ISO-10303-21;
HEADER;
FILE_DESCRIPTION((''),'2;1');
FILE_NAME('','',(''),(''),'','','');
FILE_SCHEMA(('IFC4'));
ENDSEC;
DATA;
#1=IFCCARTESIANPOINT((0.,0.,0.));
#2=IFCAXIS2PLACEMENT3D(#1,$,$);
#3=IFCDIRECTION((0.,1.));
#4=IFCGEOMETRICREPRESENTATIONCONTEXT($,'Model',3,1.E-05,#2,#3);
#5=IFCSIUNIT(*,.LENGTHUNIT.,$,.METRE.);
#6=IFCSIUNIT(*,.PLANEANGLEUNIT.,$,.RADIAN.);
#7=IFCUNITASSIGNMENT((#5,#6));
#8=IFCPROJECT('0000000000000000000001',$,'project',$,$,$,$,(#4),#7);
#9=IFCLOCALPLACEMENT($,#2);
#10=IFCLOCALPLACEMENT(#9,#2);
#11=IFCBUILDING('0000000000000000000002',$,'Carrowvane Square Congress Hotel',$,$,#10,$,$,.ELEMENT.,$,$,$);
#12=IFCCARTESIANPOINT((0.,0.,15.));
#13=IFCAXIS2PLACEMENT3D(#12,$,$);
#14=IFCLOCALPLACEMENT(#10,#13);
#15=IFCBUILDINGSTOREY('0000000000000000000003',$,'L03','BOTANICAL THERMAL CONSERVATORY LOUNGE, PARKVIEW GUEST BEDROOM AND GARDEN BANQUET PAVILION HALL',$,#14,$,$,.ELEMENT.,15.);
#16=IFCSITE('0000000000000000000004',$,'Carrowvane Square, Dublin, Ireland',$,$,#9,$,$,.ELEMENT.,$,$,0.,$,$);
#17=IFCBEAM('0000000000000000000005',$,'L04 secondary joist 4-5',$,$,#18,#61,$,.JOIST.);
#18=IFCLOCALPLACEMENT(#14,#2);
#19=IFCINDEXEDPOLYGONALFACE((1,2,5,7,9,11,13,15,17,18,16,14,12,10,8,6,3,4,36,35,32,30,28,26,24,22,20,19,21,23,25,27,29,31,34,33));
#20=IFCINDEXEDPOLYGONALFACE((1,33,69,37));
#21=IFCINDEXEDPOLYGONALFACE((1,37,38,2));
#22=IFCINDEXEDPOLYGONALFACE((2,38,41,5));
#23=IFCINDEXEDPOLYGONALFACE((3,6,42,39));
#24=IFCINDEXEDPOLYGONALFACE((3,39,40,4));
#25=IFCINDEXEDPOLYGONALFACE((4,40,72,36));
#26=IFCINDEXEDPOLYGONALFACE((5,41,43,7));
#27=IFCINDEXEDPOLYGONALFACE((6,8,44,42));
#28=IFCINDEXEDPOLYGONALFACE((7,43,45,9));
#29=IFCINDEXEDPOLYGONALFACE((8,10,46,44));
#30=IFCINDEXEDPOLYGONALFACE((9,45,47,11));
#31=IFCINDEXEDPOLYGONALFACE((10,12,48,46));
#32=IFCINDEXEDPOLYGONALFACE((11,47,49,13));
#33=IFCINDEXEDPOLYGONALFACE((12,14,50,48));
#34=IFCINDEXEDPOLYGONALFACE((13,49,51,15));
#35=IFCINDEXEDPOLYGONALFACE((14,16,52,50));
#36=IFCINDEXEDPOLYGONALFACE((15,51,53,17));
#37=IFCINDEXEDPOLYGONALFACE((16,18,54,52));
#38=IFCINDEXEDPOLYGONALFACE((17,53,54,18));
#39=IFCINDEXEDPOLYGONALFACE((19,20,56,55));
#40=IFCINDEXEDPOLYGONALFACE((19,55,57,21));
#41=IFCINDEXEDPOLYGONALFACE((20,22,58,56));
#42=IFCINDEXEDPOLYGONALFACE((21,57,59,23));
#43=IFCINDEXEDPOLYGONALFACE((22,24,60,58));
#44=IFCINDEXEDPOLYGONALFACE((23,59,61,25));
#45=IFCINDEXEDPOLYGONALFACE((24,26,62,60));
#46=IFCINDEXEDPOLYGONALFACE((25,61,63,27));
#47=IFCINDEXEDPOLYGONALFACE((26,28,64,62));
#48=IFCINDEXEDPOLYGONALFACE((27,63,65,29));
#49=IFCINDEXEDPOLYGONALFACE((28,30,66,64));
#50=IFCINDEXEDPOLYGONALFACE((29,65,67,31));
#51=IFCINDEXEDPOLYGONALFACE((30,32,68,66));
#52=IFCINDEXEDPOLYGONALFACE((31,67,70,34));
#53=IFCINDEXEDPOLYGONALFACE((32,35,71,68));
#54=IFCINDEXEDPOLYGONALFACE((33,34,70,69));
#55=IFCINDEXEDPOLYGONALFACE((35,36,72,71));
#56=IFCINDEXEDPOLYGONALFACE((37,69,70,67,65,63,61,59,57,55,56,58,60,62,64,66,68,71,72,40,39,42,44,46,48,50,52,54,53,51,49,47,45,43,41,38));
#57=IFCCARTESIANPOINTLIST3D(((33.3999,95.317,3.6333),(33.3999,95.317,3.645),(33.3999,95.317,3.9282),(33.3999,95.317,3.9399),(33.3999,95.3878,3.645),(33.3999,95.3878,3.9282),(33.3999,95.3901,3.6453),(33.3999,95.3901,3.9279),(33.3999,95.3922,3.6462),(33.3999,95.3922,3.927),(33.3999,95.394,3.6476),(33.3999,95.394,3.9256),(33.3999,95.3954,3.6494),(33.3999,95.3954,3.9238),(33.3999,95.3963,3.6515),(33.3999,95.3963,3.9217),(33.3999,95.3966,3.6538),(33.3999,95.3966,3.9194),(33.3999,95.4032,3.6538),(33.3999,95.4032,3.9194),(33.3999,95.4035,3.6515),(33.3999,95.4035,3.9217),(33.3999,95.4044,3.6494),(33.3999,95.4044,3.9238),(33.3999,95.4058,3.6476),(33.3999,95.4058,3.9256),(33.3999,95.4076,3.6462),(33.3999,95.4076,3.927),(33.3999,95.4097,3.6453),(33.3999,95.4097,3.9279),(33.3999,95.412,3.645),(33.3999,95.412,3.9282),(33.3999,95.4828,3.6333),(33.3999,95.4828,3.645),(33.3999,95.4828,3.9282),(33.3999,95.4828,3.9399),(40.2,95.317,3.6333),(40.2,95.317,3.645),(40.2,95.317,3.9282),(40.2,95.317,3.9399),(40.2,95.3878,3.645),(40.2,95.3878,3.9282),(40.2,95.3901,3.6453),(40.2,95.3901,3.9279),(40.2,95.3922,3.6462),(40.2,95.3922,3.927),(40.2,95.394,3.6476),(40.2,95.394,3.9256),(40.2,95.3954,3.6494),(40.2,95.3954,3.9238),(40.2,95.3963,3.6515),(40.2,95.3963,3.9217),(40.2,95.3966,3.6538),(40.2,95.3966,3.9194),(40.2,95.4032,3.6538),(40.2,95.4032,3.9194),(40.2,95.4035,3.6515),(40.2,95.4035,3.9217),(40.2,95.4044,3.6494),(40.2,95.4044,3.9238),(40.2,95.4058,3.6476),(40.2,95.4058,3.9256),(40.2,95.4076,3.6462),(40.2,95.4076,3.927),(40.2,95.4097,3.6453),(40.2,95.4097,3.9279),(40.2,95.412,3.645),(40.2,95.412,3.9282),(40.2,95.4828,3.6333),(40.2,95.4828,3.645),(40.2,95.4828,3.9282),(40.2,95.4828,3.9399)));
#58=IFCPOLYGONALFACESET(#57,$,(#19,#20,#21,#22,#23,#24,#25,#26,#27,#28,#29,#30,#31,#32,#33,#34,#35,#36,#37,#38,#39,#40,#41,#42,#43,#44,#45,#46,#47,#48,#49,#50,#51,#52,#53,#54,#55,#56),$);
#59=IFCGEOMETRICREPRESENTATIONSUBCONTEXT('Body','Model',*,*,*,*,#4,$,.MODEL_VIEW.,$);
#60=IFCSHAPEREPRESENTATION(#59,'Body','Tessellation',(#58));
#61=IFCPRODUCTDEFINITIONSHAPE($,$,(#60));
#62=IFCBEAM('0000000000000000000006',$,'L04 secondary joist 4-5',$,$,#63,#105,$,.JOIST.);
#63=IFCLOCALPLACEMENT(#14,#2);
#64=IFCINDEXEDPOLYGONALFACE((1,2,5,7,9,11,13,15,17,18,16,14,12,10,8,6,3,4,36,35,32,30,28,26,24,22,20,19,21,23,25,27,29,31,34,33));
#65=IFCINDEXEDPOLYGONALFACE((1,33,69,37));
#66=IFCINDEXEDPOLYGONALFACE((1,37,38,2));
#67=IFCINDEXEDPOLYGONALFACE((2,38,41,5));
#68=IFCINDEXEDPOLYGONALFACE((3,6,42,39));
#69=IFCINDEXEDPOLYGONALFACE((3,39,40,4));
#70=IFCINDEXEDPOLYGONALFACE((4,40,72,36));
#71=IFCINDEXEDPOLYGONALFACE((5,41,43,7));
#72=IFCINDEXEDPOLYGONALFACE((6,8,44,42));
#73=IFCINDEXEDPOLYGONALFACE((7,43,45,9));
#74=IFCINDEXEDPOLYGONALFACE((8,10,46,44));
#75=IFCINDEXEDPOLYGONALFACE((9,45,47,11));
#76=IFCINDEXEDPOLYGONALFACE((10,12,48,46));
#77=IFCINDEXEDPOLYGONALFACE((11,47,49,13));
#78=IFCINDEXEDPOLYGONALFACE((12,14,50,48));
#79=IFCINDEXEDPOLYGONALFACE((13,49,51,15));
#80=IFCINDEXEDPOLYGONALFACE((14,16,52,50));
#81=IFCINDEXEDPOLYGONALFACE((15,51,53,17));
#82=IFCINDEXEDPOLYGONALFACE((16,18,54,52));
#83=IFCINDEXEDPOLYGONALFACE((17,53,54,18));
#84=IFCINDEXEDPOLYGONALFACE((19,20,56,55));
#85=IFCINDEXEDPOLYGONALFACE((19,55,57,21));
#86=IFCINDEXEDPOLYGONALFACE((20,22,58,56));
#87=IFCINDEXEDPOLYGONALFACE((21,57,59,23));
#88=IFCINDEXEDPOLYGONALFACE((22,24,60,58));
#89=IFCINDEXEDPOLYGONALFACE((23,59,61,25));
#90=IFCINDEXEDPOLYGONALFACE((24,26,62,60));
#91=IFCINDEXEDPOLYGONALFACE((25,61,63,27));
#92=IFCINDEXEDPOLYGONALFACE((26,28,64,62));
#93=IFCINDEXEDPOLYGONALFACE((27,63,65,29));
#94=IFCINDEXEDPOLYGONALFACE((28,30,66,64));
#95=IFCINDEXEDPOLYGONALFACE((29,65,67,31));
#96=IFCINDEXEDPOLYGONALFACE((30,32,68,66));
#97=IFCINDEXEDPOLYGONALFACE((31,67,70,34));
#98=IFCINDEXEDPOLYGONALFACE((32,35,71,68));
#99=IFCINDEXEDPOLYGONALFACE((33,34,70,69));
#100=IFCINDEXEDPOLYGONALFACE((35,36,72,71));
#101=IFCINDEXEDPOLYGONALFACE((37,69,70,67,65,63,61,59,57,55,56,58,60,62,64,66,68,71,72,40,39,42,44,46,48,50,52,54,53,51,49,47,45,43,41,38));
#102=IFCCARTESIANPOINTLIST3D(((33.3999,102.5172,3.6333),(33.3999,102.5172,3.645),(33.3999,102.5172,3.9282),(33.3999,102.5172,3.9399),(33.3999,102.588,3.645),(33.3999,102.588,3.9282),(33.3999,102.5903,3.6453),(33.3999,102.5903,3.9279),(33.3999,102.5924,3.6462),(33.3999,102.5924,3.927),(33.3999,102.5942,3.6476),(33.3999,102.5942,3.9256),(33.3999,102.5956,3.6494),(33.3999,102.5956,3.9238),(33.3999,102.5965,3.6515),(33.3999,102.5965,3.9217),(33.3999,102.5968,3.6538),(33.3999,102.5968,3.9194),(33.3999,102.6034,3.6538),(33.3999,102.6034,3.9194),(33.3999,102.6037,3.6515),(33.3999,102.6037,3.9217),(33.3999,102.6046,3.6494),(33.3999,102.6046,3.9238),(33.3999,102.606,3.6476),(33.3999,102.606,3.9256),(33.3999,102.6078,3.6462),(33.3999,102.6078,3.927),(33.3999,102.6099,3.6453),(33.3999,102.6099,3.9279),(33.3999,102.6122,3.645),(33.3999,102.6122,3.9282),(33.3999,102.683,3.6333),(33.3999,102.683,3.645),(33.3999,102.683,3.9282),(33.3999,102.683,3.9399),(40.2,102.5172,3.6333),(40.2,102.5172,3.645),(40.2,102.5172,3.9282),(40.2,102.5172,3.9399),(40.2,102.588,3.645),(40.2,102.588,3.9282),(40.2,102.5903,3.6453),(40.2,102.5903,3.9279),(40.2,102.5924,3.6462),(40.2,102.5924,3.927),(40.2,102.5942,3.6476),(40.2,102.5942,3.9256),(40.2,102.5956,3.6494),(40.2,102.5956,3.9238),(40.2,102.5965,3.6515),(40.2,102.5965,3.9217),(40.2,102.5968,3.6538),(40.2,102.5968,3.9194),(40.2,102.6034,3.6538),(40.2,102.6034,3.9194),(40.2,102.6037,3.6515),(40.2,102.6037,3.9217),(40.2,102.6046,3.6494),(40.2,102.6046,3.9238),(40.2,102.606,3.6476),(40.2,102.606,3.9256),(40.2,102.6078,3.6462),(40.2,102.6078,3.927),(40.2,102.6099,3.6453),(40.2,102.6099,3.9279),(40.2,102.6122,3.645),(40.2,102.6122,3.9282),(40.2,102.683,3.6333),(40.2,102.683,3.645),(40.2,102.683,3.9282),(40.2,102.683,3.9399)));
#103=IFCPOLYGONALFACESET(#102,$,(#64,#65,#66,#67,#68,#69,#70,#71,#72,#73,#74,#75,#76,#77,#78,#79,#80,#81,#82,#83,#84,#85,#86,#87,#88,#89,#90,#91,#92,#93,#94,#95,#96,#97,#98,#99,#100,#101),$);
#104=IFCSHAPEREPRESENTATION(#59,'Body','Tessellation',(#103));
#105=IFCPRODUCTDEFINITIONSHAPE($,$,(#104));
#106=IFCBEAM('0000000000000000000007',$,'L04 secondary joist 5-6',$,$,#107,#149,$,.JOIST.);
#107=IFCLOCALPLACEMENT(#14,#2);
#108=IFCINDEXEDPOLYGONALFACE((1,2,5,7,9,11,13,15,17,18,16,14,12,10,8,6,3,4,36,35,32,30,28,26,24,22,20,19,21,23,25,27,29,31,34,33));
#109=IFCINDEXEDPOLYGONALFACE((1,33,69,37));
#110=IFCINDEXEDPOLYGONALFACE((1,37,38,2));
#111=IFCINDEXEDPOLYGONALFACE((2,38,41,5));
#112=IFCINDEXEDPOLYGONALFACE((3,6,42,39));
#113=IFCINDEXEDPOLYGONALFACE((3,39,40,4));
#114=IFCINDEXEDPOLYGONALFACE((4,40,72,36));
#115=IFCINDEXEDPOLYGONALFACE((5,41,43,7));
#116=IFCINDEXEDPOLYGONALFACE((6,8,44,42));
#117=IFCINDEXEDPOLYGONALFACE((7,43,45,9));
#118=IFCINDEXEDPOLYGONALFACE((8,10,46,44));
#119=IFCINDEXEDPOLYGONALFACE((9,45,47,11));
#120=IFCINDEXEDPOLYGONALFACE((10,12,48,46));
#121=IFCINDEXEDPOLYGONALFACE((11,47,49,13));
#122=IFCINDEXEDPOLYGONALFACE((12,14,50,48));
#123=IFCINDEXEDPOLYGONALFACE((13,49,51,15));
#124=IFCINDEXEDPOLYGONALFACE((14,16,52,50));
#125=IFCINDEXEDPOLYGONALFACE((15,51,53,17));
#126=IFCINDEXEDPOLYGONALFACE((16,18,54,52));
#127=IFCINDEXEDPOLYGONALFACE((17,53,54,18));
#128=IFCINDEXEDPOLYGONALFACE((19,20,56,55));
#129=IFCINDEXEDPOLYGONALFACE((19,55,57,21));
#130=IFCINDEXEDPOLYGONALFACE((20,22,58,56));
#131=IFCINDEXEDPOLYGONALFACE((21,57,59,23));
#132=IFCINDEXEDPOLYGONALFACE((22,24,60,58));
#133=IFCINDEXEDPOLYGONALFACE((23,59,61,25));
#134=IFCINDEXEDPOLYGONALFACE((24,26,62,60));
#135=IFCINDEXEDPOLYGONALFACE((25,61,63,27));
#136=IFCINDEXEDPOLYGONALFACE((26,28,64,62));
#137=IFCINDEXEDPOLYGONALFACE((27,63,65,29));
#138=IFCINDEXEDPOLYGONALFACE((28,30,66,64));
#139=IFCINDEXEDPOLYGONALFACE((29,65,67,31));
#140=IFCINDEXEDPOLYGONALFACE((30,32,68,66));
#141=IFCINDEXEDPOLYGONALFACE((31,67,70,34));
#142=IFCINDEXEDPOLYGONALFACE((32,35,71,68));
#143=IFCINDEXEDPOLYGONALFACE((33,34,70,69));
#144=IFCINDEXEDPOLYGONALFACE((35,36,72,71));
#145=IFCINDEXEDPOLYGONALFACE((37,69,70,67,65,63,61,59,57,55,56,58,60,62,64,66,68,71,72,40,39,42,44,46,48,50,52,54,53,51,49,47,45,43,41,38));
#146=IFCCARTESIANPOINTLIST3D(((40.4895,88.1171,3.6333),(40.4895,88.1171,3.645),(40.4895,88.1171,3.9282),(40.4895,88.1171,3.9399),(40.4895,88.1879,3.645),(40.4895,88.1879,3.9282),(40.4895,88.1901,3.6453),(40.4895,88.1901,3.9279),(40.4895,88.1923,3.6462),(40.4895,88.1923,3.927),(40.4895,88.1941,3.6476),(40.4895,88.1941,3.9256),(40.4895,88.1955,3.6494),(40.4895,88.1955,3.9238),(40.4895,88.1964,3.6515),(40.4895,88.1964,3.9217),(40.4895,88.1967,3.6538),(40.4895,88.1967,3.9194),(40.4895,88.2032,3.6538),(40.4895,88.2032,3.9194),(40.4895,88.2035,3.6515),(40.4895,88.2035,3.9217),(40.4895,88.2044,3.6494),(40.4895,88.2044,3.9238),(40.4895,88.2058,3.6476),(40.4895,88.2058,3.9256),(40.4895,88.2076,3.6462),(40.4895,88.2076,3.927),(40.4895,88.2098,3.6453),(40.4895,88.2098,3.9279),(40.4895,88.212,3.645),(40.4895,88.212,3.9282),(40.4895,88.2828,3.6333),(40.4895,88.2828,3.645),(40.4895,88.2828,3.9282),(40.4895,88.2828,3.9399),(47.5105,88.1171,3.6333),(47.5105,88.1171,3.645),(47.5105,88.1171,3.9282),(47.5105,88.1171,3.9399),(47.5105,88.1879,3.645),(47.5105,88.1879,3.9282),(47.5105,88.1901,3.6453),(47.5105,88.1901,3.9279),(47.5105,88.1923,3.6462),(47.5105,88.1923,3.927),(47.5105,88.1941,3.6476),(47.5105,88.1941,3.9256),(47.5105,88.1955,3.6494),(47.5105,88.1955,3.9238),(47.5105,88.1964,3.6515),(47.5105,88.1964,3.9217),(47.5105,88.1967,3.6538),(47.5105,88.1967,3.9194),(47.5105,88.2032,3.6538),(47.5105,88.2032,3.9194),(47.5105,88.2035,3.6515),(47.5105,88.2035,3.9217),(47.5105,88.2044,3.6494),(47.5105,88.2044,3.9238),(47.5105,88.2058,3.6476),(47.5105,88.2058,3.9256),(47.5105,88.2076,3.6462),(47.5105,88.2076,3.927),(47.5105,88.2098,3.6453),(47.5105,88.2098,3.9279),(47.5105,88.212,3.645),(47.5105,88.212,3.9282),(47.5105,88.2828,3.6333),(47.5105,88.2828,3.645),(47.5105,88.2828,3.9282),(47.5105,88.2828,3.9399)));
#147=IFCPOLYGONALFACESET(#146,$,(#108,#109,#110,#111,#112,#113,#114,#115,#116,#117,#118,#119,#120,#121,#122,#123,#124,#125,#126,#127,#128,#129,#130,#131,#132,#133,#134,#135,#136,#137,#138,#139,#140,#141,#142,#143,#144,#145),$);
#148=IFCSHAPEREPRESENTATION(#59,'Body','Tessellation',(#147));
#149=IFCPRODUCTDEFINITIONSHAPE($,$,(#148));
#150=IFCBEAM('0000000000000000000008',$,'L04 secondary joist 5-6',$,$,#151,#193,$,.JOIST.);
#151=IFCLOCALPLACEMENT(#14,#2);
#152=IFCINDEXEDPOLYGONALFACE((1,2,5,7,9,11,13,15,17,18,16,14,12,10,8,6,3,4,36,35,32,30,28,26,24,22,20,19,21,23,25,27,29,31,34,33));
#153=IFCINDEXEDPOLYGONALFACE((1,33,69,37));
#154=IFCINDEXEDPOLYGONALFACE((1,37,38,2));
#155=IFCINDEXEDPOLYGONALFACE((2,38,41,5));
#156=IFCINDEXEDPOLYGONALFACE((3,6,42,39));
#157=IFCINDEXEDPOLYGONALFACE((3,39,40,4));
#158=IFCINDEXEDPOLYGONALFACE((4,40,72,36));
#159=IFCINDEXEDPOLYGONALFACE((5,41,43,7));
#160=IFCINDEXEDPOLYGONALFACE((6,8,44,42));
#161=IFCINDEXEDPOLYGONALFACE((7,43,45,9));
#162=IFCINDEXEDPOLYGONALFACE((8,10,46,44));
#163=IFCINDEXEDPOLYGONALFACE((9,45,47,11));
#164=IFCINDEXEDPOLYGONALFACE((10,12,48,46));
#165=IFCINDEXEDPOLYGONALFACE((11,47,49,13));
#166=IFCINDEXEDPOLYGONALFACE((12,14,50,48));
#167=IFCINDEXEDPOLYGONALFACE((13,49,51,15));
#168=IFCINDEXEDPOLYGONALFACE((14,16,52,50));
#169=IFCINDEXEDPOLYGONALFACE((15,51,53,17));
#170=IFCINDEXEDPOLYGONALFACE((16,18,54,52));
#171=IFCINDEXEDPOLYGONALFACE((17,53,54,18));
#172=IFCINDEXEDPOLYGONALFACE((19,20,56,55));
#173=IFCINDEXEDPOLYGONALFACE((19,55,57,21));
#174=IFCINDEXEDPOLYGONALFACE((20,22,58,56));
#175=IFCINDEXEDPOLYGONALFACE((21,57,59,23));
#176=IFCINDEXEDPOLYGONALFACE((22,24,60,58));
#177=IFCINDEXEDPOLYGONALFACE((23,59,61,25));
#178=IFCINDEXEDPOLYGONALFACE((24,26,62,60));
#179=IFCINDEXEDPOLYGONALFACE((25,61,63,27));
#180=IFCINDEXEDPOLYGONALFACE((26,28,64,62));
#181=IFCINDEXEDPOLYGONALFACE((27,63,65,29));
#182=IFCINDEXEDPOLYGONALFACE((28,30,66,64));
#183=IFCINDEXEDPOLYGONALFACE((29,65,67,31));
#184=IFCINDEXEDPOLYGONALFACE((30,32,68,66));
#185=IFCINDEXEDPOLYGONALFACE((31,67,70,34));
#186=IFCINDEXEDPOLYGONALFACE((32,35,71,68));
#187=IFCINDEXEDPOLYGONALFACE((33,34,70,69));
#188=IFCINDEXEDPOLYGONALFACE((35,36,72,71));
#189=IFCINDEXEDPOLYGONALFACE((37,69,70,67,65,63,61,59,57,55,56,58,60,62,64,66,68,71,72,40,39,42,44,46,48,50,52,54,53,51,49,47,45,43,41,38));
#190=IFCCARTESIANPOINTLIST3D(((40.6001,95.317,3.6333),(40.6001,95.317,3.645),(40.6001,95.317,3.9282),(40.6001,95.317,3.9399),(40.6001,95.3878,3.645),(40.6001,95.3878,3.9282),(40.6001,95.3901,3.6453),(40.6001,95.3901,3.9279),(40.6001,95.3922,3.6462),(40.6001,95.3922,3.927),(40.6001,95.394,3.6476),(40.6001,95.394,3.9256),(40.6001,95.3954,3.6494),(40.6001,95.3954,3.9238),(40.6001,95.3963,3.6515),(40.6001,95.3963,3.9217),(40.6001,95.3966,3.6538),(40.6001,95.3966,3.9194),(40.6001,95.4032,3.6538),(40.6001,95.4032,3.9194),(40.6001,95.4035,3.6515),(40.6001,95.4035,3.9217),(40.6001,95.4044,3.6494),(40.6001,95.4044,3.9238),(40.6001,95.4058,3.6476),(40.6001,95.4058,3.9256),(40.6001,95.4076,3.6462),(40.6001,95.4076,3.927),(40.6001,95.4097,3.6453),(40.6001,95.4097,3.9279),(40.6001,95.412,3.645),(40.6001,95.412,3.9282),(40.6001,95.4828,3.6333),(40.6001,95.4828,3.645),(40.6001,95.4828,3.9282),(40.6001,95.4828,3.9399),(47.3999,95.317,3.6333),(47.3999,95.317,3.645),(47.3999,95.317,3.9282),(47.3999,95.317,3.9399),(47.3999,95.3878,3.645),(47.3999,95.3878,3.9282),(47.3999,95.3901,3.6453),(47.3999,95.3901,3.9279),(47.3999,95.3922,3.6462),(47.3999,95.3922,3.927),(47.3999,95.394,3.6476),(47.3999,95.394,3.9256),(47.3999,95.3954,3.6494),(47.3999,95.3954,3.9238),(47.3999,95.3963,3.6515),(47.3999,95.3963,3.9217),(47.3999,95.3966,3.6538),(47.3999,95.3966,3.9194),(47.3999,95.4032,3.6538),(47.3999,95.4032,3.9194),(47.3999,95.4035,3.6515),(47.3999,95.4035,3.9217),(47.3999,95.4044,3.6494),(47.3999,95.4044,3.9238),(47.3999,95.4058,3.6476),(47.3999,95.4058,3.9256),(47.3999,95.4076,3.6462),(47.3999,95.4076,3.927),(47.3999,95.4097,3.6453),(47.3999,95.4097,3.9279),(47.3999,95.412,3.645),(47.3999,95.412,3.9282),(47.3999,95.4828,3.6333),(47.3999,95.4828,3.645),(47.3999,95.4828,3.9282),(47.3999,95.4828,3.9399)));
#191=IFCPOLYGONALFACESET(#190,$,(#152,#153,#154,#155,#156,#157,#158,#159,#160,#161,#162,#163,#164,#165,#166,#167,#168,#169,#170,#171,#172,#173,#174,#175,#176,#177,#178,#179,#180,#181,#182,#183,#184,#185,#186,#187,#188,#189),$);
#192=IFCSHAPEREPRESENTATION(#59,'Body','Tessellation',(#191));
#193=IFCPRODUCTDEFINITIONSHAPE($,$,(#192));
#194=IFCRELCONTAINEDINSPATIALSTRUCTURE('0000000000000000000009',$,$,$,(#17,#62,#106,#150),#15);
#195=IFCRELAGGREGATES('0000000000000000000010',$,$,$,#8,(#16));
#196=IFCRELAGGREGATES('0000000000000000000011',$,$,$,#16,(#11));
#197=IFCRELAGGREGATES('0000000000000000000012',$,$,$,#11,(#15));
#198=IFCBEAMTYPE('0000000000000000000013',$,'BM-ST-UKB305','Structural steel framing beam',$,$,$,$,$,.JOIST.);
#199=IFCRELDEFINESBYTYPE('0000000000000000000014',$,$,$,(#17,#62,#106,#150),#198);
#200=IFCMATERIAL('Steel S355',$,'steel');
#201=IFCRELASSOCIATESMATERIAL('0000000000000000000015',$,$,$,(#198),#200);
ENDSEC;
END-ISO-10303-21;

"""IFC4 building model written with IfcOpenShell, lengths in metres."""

from ifc_helpers import new_model, si_unit, direction, frame, origin, origin_2d, place, context, subcontext, project, spatial, i_section, extrude, material, material_profile, profile_set, type_object, element, save


model = new_model("IFC4")

# Units and contexts
model_context = context("Model", 3, precision=1e-05, world=origin(), true_north=direction((0.0, 1.0)))
body_context = subcontext(model_context, "Body", "Model", "MODEL_VIEW")
ifc_project = project(units=[si_unit("LENGTHUNIT", "METRE"), si_unit("PLANEANGLEUNIT", "RADIAN")], contexts=[model_context])

# Site, building, storey
site_placement = place(None, origin())
site = spatial("IfcSite", under=ifc_project, at=site_placement, Name="Carrowvane Square, Dublin, Ireland", CompositionType="ELEMENT", RefElevation=0.0)
building_placement = place(site_placement, origin())
building = spatial("IfcBuilding", under=site, at=building_placement, Name="Carrowvane Square Congress Hotel", CompositionType="ELEMENT")
storey_placement = place(building_placement, frame((0.0, 0.0, 15.0)))
storey = spatial("IfcBuildingStorey", under=building, at=storey_placement, Name="L03", Description="BOTANICAL THERMAL CONSERVATORY LOUNGE, PARKVIEW GUEST BEDROOM AND GARDEN BANQUET PAVILION HALL", CompositionType="ELEMENT", Elevation=15.0)

# Beams
ifc_material_1 = material(Name="Steel S355", Category="steel")
ifc_material_profile_1 = material_profile(ifc_material_1, i_section(OverallWidth=0.1658, OverallDepth=0.3066, WebThickness=0.0066, FlangeThickness=0.0117, FilletRadius=0.0088, at=origin_2d()), Name="UKB 305x165x46")
ifc_profile_set_1 = profile_set([ifc_material_profile_1], Name="Steel S355")
beam_type_1 = type_object("IfcBeamType", Name="BM-ST-UKB305", Description="Structural steel framing beam", PredefinedType="JOIST", material=ifc_profile_set_1)
for number, where, z_axis, x_axis, name in (
    (1, (33.3999, 95.3999, 3.7866), (1.0, 0.0, 0.0), (0.0, 1.0, 0.0), "L04 secondary joist 4-5"),
    (2, (33.3999, 102.6001, 3.7866), (1.0, 0.0, 0.0), (0.0, 1.0, 0.0), "L04 secondary joist 4-5"),
):
    element("IfcBeam", number, at=place(storey_placement, frame(where, z_axis=z_axis, x_axis=x_axis)), inside=storey, type_object=beam_type_1, Name=name, PredefinedType="JOIST", context=body_context, shape_type="SweptSolid", body=[
        extrude(i_section(OverallWidth=0.1658, OverallDepth=0.3066, WebThickness=0.0066, FlangeThickness=0.0117, FilletRadius=0.0088, at=origin_2d()), origin(), (0.0, 0.0, 1.0), 6.8),
    ])
beam_1_placement = place(storey_placement, frame((40.4895, 88.2, 3.7866), z_axis=(1.0, 0.0, 0.0), x_axis=(0.0, 1.0, 0.0)))
element("IfcBeam", 3, at=beam_1_placement, inside=storey, type_object=beam_type_1, Name="L04 secondary joist 5-6", PredefinedType="JOIST", context=body_context, shape_type="SweptSolid", body=[
    extrude(i_section(OverallWidth=0.1658, OverallDepth=0.3066, WebThickness=0.0066, FlangeThickness=0.0117, FilletRadius=0.0088, at=origin_2d()), origin(), (0.0, 0.0, 1.0), 7.021),
])
for number, where, z_axis, x_axis, name in (
    (4, (40.6001, 95.3999, 3.7866), (1.0, 0.0, 0.0), (0.0, 1.0, 0.0), "L04 secondary joist 5-6"),
):
    element("IfcBeam", number, at=place(storey_placement, frame(where, z_axis=z_axis, x_axis=x_axis)), inside=storey, type_object=beam_type_1, Name=name, PredefinedType="JOIST", context=body_context, shape_type="SweptSolid", body=[
        extrude(i_section(OverallWidth=0.1658, OverallDepth=0.3066, WebThickness=0.0066, FlangeThickness=0.0117, FilletRadius=0.0088, at=origin_2d()), origin(), (0.0, 0.0, 1.0), 6.7998),
    ])

save(model, "model.ifc")
